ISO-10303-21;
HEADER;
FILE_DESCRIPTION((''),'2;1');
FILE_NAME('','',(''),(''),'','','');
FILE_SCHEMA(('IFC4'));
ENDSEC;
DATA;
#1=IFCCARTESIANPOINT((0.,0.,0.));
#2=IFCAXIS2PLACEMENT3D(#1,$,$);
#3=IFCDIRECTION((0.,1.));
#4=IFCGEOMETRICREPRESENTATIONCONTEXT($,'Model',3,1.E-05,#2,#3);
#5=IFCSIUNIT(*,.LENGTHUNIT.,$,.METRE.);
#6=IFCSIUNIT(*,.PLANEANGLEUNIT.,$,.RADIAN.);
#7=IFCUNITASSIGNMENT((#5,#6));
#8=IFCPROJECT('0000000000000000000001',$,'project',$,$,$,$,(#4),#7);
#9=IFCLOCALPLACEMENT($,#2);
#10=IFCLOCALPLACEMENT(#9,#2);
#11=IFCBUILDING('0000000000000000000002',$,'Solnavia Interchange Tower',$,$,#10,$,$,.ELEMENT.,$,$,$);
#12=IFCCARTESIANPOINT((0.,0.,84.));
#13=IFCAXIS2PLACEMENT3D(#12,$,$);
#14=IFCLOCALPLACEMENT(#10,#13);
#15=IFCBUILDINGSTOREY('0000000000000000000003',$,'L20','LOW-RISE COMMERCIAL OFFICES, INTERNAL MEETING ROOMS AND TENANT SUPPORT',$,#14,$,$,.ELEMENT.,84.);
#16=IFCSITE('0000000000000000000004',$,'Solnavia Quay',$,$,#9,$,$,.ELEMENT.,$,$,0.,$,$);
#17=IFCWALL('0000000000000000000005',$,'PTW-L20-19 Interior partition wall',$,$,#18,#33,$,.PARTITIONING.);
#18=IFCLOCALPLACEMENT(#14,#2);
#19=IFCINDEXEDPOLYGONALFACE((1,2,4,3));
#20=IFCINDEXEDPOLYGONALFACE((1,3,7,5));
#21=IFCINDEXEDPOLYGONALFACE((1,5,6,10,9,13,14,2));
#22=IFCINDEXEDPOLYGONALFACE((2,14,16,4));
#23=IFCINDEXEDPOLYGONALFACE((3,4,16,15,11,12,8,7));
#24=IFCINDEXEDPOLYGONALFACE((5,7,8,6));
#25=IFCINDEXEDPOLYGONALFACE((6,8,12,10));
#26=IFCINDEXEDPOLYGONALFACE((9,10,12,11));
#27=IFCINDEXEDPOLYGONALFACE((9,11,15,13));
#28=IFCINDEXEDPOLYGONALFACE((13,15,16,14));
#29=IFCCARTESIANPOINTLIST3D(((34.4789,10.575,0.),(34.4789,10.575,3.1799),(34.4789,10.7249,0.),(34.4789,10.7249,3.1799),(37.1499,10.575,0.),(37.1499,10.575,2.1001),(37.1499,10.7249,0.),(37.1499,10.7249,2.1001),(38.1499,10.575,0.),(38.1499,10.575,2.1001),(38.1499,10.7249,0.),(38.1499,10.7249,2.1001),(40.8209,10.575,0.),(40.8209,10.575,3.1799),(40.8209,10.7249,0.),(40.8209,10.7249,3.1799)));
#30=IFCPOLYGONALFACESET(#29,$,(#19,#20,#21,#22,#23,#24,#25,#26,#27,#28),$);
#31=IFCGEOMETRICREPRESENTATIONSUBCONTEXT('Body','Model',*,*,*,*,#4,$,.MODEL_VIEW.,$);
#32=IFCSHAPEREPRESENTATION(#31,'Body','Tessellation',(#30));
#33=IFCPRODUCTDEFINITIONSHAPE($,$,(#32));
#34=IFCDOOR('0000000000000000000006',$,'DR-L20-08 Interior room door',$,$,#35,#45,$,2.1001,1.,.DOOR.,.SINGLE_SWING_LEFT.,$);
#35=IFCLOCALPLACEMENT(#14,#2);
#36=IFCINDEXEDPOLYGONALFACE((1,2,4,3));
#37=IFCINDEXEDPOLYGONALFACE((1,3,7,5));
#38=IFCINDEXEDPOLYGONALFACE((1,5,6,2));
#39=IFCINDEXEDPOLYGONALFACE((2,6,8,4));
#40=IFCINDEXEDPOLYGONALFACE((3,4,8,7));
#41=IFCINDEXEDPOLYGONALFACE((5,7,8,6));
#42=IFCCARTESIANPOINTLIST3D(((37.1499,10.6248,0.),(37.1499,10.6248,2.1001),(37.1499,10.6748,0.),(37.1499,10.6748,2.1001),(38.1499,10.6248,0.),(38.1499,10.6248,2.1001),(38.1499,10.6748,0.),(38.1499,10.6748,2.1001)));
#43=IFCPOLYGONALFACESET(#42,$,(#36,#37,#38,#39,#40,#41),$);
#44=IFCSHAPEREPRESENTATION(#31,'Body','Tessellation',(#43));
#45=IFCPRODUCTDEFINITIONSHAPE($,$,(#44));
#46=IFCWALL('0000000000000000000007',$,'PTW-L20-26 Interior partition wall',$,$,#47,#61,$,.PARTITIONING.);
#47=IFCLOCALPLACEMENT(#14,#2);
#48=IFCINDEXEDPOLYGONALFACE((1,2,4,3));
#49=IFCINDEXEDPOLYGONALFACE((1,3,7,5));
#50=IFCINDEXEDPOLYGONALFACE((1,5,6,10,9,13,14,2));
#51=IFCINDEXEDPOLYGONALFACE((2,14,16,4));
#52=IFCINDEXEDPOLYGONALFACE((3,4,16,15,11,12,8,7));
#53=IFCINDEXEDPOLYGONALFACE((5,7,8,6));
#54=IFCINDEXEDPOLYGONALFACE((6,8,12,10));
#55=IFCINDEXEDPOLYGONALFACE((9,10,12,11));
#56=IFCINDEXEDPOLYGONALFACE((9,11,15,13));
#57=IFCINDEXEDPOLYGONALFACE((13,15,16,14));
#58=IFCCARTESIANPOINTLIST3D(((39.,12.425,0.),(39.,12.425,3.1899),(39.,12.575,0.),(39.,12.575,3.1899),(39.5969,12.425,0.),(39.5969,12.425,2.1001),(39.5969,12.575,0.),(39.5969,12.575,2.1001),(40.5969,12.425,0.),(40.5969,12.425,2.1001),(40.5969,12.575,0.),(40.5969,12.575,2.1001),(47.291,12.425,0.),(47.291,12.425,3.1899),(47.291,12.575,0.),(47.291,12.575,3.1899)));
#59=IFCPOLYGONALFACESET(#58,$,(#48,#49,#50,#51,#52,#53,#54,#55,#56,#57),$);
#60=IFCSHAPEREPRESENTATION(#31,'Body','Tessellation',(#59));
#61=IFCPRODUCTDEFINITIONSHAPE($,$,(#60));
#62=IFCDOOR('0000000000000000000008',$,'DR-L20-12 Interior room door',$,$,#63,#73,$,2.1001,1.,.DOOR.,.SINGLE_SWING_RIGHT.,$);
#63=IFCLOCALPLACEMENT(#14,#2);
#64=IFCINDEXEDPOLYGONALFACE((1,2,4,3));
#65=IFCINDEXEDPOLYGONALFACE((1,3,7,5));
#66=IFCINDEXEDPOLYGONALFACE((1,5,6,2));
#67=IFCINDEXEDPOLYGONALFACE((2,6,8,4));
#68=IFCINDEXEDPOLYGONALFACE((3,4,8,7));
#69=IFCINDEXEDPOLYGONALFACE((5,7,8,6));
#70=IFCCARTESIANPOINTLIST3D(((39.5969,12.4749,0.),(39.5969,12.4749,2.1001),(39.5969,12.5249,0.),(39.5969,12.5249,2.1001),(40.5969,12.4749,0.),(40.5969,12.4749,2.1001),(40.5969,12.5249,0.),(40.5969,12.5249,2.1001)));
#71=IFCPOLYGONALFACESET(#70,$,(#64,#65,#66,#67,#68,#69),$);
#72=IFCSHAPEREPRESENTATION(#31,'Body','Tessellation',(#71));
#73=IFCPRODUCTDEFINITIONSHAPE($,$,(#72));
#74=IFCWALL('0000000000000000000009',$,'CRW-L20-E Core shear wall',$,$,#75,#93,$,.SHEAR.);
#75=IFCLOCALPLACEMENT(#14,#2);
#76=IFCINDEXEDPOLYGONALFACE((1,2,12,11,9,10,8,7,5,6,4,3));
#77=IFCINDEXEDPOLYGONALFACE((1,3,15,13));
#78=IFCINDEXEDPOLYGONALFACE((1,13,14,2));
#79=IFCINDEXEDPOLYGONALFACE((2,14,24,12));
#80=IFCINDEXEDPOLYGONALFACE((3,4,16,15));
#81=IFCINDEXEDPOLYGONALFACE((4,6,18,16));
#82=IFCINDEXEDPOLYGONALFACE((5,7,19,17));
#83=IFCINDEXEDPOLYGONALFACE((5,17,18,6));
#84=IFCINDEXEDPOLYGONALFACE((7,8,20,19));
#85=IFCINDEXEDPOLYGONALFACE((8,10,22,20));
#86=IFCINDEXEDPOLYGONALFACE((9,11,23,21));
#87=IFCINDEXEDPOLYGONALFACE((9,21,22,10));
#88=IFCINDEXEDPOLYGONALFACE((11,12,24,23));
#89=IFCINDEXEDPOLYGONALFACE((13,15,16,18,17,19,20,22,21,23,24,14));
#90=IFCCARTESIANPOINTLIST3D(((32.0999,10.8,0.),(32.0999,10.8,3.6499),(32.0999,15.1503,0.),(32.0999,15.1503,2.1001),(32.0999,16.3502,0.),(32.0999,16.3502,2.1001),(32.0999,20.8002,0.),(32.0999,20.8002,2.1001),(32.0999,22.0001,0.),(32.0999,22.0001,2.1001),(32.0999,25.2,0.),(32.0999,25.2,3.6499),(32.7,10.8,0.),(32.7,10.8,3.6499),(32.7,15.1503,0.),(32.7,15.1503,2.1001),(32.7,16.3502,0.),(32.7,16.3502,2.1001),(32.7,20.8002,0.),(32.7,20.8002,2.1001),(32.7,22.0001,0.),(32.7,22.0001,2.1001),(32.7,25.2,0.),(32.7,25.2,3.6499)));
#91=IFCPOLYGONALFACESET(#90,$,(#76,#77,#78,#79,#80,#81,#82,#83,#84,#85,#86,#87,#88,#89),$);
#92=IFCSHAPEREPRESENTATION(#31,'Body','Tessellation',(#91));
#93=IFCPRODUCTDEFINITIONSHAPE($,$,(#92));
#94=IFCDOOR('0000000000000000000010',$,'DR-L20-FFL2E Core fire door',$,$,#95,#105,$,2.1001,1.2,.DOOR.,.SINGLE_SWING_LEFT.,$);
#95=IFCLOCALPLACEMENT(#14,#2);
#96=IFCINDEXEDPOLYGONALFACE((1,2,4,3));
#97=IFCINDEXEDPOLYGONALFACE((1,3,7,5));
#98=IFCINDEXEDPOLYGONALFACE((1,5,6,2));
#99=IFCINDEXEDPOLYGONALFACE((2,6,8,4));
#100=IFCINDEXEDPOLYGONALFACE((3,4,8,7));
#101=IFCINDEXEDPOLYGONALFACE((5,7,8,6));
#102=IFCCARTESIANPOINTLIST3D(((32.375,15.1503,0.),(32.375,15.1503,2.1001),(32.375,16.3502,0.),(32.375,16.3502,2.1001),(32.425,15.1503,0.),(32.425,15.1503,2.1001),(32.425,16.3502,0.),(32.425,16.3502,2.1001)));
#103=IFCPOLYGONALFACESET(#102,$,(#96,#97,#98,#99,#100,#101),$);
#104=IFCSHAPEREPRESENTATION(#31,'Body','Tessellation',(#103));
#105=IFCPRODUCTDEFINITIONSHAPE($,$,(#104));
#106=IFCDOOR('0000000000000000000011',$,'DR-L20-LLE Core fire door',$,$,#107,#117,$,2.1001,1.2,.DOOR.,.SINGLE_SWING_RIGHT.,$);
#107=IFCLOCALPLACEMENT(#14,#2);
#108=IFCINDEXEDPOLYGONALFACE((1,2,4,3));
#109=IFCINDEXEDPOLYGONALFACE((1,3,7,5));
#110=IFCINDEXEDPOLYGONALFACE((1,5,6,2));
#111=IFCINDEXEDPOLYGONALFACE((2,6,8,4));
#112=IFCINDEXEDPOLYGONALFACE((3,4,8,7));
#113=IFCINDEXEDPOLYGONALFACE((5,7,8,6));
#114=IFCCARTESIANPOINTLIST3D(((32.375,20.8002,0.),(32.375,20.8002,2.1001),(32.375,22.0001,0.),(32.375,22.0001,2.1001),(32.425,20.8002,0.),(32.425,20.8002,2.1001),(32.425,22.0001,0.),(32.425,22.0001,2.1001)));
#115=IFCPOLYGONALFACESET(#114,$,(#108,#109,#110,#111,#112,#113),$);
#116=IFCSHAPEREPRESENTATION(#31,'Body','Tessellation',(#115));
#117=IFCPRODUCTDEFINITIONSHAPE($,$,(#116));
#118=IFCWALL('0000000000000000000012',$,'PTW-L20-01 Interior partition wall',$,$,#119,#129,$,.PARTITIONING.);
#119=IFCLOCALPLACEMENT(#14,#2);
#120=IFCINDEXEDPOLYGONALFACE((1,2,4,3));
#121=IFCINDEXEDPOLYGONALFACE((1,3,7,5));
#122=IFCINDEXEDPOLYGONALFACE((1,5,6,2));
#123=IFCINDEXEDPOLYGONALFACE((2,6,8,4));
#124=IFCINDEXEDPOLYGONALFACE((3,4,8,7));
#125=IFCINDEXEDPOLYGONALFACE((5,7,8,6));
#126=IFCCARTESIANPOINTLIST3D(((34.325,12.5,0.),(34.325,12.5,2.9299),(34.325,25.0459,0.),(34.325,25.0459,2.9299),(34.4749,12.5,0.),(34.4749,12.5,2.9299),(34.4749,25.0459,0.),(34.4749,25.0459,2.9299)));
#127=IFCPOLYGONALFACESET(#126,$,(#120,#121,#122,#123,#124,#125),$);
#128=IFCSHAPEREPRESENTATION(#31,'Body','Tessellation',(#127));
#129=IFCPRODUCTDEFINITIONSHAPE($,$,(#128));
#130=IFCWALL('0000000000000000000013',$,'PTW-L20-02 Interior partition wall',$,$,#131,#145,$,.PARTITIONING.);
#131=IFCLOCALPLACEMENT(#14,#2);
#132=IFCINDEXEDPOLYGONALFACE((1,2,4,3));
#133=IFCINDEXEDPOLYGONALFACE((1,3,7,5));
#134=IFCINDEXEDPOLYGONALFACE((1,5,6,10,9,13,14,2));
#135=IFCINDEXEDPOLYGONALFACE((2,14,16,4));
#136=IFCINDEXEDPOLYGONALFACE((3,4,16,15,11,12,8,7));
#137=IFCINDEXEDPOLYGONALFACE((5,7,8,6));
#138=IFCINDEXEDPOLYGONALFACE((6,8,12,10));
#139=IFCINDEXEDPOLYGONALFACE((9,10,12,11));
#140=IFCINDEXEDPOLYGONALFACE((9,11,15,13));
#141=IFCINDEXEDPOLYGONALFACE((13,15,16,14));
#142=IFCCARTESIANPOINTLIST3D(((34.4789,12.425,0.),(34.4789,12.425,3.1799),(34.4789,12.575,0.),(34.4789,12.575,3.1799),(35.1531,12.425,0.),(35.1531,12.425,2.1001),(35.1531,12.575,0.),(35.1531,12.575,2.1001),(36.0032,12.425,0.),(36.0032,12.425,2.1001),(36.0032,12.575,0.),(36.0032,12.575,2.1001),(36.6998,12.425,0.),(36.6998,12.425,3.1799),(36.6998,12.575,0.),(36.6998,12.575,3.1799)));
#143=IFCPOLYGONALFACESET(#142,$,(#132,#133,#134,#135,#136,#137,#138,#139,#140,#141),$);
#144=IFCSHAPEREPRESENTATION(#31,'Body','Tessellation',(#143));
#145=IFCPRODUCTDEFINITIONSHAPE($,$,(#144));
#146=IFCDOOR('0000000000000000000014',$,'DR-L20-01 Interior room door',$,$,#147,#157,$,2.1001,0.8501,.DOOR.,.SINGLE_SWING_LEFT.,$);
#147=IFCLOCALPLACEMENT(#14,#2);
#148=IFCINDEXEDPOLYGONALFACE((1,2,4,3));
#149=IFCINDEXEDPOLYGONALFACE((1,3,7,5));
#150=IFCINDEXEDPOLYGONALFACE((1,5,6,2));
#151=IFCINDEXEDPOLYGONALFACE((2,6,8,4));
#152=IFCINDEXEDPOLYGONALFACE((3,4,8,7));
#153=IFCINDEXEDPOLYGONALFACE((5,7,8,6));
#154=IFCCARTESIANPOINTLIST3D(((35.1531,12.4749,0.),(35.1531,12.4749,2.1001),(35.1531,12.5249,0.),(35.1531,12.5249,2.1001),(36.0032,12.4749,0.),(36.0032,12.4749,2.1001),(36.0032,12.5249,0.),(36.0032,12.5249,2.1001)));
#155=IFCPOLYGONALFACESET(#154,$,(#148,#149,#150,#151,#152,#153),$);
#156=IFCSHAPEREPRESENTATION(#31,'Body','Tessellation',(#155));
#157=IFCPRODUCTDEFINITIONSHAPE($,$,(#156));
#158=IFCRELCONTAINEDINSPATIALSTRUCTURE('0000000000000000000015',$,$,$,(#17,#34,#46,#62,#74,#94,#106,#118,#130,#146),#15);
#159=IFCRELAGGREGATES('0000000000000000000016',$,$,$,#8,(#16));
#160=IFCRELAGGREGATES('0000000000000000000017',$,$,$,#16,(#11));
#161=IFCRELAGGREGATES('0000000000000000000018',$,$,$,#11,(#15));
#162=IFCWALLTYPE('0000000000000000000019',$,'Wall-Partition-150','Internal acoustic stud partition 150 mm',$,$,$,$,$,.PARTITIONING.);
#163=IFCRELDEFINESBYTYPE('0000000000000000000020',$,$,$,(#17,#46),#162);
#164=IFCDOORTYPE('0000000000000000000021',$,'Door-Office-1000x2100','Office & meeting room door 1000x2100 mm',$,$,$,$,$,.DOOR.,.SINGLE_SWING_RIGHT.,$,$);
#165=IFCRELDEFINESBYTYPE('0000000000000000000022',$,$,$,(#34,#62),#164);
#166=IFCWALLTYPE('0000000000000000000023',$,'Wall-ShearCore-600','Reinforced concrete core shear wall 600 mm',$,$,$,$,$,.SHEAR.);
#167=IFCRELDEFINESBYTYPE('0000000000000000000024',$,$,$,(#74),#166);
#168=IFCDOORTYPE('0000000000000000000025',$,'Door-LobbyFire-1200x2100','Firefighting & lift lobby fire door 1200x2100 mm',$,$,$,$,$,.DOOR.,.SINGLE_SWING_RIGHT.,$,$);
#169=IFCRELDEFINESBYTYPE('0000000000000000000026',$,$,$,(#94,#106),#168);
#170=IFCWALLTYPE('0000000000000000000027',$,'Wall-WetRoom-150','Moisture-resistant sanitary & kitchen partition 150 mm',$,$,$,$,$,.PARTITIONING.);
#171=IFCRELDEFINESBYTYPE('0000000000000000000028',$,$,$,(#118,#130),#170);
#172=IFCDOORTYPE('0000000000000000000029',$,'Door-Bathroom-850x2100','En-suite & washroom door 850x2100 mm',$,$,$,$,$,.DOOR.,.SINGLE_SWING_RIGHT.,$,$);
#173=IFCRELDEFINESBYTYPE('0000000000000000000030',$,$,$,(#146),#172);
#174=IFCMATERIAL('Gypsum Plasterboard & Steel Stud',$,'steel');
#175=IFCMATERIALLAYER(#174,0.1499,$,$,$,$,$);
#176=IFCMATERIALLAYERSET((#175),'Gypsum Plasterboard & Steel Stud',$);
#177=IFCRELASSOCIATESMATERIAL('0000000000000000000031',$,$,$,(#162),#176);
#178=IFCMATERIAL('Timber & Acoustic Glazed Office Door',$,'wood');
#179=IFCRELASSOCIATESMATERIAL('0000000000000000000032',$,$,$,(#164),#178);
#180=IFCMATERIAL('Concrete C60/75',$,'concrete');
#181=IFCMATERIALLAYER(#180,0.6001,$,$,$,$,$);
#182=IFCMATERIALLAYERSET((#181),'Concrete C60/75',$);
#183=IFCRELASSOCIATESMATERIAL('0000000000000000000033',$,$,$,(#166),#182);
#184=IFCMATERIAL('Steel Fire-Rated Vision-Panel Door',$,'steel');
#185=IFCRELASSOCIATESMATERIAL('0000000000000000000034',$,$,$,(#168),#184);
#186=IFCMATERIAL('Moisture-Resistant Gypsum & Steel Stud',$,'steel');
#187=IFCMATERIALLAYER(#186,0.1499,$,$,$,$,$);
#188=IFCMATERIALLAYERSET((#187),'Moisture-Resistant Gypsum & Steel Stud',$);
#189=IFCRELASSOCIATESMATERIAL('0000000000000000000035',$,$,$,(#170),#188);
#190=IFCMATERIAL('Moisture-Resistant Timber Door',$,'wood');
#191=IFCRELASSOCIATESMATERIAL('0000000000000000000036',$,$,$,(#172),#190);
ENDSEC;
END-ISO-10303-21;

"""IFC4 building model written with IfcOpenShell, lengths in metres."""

from ifc_helpers import new_model, si_unit, direction, frame, frame_2d, origin, place, context, subcontext, project, spatial, rectangle, extrude, material, layer, layer_set, type_object, element, fill, save


model = new_model("IFC4")

# Units and contexts
model_context = context("Model", 3, precision=1e-05, world=origin(), true_north=direction((0.0, 1.0)))
body_context = subcontext(model_context, "Body", "Model", "MODEL_VIEW")
ifc_project = project(units=[si_unit("LENGTHUNIT", "METRE"), si_unit("PLANEANGLEUNIT", "RADIAN")], contexts=[model_context])

# Site, building, storey
site_placement = place(None, origin())
site = spatial("IfcSite", under=ifc_project, at=site_placement, Name="Solnavia Quay", CompositionType="ELEMENT", RefElevation=0.0)
building_placement = place(site_placement, origin())
building = spatial("IfcBuilding", under=site, at=building_placement, Name="Solnavia Interchange Tower", CompositionType="ELEMENT")
storey_placement = place(building_placement, frame((0.0, 0.0, 84.0)))
storey = spatial("IfcBuildingStorey", under=building, at=storey_placement, Name="L20", Description="LOW-RISE COMMERCIAL OFFICES, INTERNAL MEETING ROOMS AND TENANT SUPPORT", CompositionType="ELEMENT", Elevation=84.0)

# Shared definitions
ifc_material_1 = material(Name="Gypsum Plasterboard & Steel Stud", Category="steel")
ifc_layer_1 = layer(ifc_material_1, 0.1499)
ifc_layer_set_1 = layer_set([ifc_layer_1], Name="Gypsum Plasterboard & Steel Stud")
wall_type_1 = type_object("IfcWallType", Name="Wall-Partition-150", Description="Internal acoustic stud partition 150 mm", PredefinedType="PARTITIONING", material=ifc_layer_set_1)

# Walls, openings, doors
wall_1_placement = place(storey_placement, frame((34.479, 10.6499, 0.0), z_axis=(0.0, 0.0, 1.0), x_axis=(1.0, 0.0, 0.0)))
wall_1 = element("IfcWall", 1, at=wall_1_placement, inside=storey, type_object=wall_type_1, Name="PTW-L20-19 Interior partition wall", PredefinedType="PARTITIONING", context=body_context, shape_type="SweptSolid", body=[
    extrude(rectangle(XDim=6.342, YDim=0.1499, at=frame_2d((3.1709, 0.0))), origin(), (0.0, 0.0, 1.0), 3.1799),
])
opening_1_placement = place(wall_1_placement, frame((2.6709, 0.0, 0.0)))
opening_1 = element("IfcOpeningElement", 2, at=opening_1_placement, cuts=wall_1, PredefinedType="OPENING", context=body_context, shape_type="SweptSolid", body=[
    extrude(rectangle(XDim=1.0, YDim=2.1001, at=frame_2d((0.5, 1.05))), frame((0.0, 0.085, 0.0), z_axis=(0.0, -1.0, 0.0), x_axis=(1.0, 0.0, 0.0)), (0.0, 0.0, 1.0), 0.1699),
])
ifc_material_2 = material(Name="Timber & Acoustic Glazed Office Door", Category="wood")
door_type_1 = type_object("IfcDoorType", Name="Door-Office-1000x2100", Description="Office & meeting room door 1000x2100 mm", OperationType="SINGLE_SWING_RIGHT", PredefinedType="DOOR", material=ifc_material_2)
door_1_placement = place(opening_1_placement, origin())
door_1 = element("IfcDoor", 3, at=door_1_placement, inside=storey, type_object=door_type_1, Name="DR-L20-08 Interior room door", OperationType="SINGLE_SWING_LEFT", OverallHeight=2.1001, OverallWidth=1.0, PredefinedType="DOOR", context=body_context, shape_type="SweptSolid", body=[
    extrude(rectangle(XDim=1.0, YDim=2.1001, at=frame_2d((0.5, 1.05))), frame((0.0, 0.0249, 0.0), z_axis=(0.0, -1.0, 0.0), x_axis=(1.0, 0.0, 0.0)), (0.0, 0.0, 1.0), 0.05),
])
fill(opening_1, door_1)
wall_2_placement = place(storey_placement, frame((39.0, 12.5, 0.0), z_axis=(0.0, 0.0, 1.0), x_axis=(1.0, 0.0, 0.0)))
wall_2 = element("IfcWall", 4, at=wall_2_placement, inside=storey, type_object=wall_type_1, Name="PTW-L20-26 Interior partition wall", PredefinedType="PARTITIONING", context=body_context, shape_type="SweptSolid", body=[
    extrude(rectangle(XDim=8.291, YDim=0.1499, at=frame_2d((4.1455, 0.0))), origin(), (0.0, 0.0, 1.0), 3.1899),
])
opening_2_placement = place(wall_2_placement, frame((0.5969, 0.0, 0.0)))
opening_2 = element("IfcOpeningElement", 5, at=opening_2_placement, cuts=wall_2, PredefinedType="OPENING", context=body_context, shape_type="SweptSolid", body=[
    extrude(rectangle(XDim=1.0, YDim=2.1001, at=frame_2d((0.5, 1.05))), frame((0.0, 0.085, 0.0), z_axis=(0.0, -1.0, 0.0), x_axis=(1.0, 0.0, 0.0)), (0.0, 0.0, 1.0), 0.1699),
])
door_2_placement = place(opening_2_placement, origin())
door_2 = element("IfcDoor", 6, at=door_2_placement, inside=storey, type_object=door_type_1, Name="DR-L20-12 Interior room door", OperationType="SINGLE_SWING_RIGHT", OverallHeight=2.1001, OverallWidth=1.0, PredefinedType="DOOR", context=body_context, shape_type="SweptSolid", body=[
    extrude(rectangle(XDim=1.0, YDim=2.1001, at=frame_2d((0.5, 1.05))), frame((0.0, 0.0249, 0.0), z_axis=(0.0, -1.0, 0.0), x_axis=(1.0, 0.0, 0.0)), (0.0, 0.0, 1.0), 0.05),
])
fill(opening_2, door_2)

# Wall, openings, doors
ifc_material_3 = material(Name="Concrete C60/75", Category="concrete")
ifc_layer_2 = layer(ifc_material_3, 0.6001)
ifc_layer_set_2 = layer_set([ifc_layer_2], Name="Concrete C60/75")
wall_type_2 = type_object("IfcWallType", Name="Wall-ShearCore-600", Description="Reinforced concrete core shear wall 600 mm", PredefinedType="SHEAR", material=ifc_layer_set_2)
wall_3_placement = place(storey_placement, frame((32.3999, 10.8, 0.0), z_axis=(0.0, 0.0, 1.0), x_axis=(0.0, 1.0, 0.0)))
wall_3 = element("IfcWall", 7, at=wall_3_placement, inside=storey, type_object=wall_type_2, Name="CRW-L20-E Core shear wall", PredefinedType="SHEAR", context=body_context, shape_type="SweptSolid", body=[
    extrude(rectangle(XDim=14.3999, YDim=0.6001, at=frame_2d((7.2, 0.0))), origin(), (0.0, 0.0, 1.0), 3.6499),
])
opening_3_placement = place(wall_3_placement, frame((4.3501, 0.0, 0.0)))
opening_3 = element("IfcOpeningElement", 8, at=opening_3_placement, cuts=wall_3, PredefinedType="OPENING", context=body_context, shape_type="SweptSolid", body=[
    extrude(rectangle(XDim=1.2, YDim=2.1001, at=frame_2d((0.6001, 1.05))), frame((0.0, 0.3101, 0.0), z_axis=(0.0, -1.0, 0.0), x_axis=(1.0, 0.0, 0.0)), (0.0, 0.0, 1.0), 0.6201),
])
opening_4_placement = place(wall_3_placement, frame((10.0, 0.0, 0.0)))
opening_4 = element("IfcOpeningElement", 9, at=opening_4_placement, cuts=wall_3, PredefinedType="OPENING", context=body_context, shape_type="SweptSolid", body=[
    extrude(rectangle(XDim=1.2, YDim=2.1001, at=frame_2d((0.6001, 1.05))), frame((0.0, 0.3101, 0.0), z_axis=(0.0, -1.0, 0.0), x_axis=(1.0, 0.0, 0.0)), (0.0, 0.0, 1.0), 0.6201),
])
ifc_material_4 = material(Name="Steel Fire-Rated Vision-Panel Door", Category="steel")
door_type_2 = type_object("IfcDoorType", Name="Door-LobbyFire-1200x2100", Description="Firefighting & lift lobby fire door 1200x2100 mm", OperationType="SINGLE_SWING_RIGHT", PredefinedType="DOOR", material=ifc_material_4)
door_3_placement = place(opening_3_placement, origin())
door_3 = element("IfcDoor", 10, at=door_3_placement, inside=storey, type_object=door_type_2, Name="DR-L20-FFL2E Core fire door", OperationType="SINGLE_SWING_LEFT", OverallHeight=2.1001, OverallWidth=1.2, PredefinedType="DOOR", context=body_context, shape_type="SweptSolid", body=[
    extrude(rectangle(XDim=1.2, YDim=2.1001, at=frame_2d((0.6001, 1.05))), frame((0.0, 0.0249, 0.0), z_axis=(0.0, -1.0, 0.0), x_axis=(1.0, 0.0, 0.0)), (0.0, 0.0, 1.0), 0.05),
])
fill(opening_3, door_3)
door_4_placement = place(opening_4_placement, origin())
door_4 = element("IfcDoor", 11, at=door_4_placement, inside=storey, type_object=door_type_2, Name="DR-L20-LLE Core fire door", OperationType="SINGLE_SWING_RIGHT", OverallHeight=2.1001, OverallWidth=1.2, PredefinedType="DOOR", context=body_context, shape_type="SweptSolid", body=[
    extrude(rectangle(XDim=1.2, YDim=2.1001, at=frame_2d((0.6001, 1.05))), frame((0.0, 0.0249, 0.0), z_axis=(0.0, -1.0, 0.0), x_axis=(1.0, 0.0, 0.0)), (0.0, 0.0, 1.0), 0.05),
])
fill(opening_4, door_4)

# Wall
ifc_material_5 = material(Name="Moisture-Resistant Gypsum & Steel Stud", Category="steel")
ifc_layer_3 = layer(ifc_material_5, 0.1499)
ifc_layer_set_3 = layer_set([ifc_layer_3], Name="Moisture-Resistant Gypsum & Steel Stud")
wall_type_3 = type_object("IfcWallType", Name="Wall-WetRoom-150", Description="Moisture-resistant sanitary & kitchen partition 150 mm", PredefinedType="PARTITIONING", material=ifc_layer_set_3)
wall_4_placement = place(storey_placement, frame((34.3999, 12.5, 0.0), z_axis=(0.0, 0.0, 1.0), x_axis=(0.0, 1.0, 0.0)))
element("IfcWall", 12, at=wall_4_placement, inside=storey, type_object=wall_type_3, Name="PTW-L20-01 Interior partition wall", PredefinedType="PARTITIONING", context=body_context, shape_type="SweptSolid", body=[
    extrude(rectangle(XDim=12.5459, YDim=0.1499, at=frame_2d((6.2729, 0.0))), origin(), (0.0, 0.0, 1.0), 2.9299),
])

# Wall, opening, door
wall_5_placement = place(storey_placement, frame((34.479, 12.5, 0.0), z_axis=(0.0, 0.0, 1.0), x_axis=(1.0, 0.0, 0.0)))
wall_5 = element("IfcWall", 13, at=wall_5_placement, inside=storey, type_object=wall_type_3, Name="PTW-L20-02 Interior partition wall", PredefinedType="PARTITIONING", context=body_context, shape_type="SweptSolid", body=[
    extrude(rectangle(XDim=2.2209, YDim=0.1499, at=frame_2d((1.1104, 0.0))), origin(), (0.0, 0.0, 1.0), 3.1799),
])
opening_5_placement = place(wall_5_placement, frame((0.6741, 0.0, 0.0)))
opening_5 = element("IfcOpeningElement", 14, at=opening_5_placement, cuts=wall_5, PredefinedType="OPENING", context=body_context, shape_type="SweptSolid", body=[
    extrude(rectangle(XDim=0.8501, YDim=2.1001, at=frame_2d((0.425, 1.05))), frame((0.0, 0.085, 0.0), z_axis=(0.0, -1.0, 0.0), x_axis=(1.0, 0.0, 0.0)), (0.0, 0.0, 1.0), 0.1699),
])
ifc_material_6 = material(Name="Moisture-Resistant Timber Door", Category="wood")
door_type_3 = type_object("IfcDoorType", Name="Door-Bathroom-850x2100", Description="En-suite & washroom door 850x2100 mm", OperationType="SINGLE_SWING_RIGHT", PredefinedType="DOOR", material=ifc_material_6)
door_5_placement = place(opening_5_placement, origin())
door_5 = element("IfcDoor", 15, at=door_5_placement, inside=storey, type_object=door_type_3, Name="DR-L20-01 Interior room door", OperationType="SINGLE_SWING_LEFT", OverallHeight=2.1001, OverallWidth=0.8501, PredefinedType="DOOR", context=body_context, shape_type="SweptSolid", body=[
    extrude(rectangle(XDim=0.8501, YDim=2.1001, at=frame_2d((0.425, 1.05))), frame((0.0, 0.0249, 0.0), z_axis=(0.0, -1.0, 0.0), x_axis=(1.0, 0.0, 0.0)), (0.0, 0.0, 1.0), 0.05),
])
fill(opening_5, door_5)

save(model, "model.ifc")
